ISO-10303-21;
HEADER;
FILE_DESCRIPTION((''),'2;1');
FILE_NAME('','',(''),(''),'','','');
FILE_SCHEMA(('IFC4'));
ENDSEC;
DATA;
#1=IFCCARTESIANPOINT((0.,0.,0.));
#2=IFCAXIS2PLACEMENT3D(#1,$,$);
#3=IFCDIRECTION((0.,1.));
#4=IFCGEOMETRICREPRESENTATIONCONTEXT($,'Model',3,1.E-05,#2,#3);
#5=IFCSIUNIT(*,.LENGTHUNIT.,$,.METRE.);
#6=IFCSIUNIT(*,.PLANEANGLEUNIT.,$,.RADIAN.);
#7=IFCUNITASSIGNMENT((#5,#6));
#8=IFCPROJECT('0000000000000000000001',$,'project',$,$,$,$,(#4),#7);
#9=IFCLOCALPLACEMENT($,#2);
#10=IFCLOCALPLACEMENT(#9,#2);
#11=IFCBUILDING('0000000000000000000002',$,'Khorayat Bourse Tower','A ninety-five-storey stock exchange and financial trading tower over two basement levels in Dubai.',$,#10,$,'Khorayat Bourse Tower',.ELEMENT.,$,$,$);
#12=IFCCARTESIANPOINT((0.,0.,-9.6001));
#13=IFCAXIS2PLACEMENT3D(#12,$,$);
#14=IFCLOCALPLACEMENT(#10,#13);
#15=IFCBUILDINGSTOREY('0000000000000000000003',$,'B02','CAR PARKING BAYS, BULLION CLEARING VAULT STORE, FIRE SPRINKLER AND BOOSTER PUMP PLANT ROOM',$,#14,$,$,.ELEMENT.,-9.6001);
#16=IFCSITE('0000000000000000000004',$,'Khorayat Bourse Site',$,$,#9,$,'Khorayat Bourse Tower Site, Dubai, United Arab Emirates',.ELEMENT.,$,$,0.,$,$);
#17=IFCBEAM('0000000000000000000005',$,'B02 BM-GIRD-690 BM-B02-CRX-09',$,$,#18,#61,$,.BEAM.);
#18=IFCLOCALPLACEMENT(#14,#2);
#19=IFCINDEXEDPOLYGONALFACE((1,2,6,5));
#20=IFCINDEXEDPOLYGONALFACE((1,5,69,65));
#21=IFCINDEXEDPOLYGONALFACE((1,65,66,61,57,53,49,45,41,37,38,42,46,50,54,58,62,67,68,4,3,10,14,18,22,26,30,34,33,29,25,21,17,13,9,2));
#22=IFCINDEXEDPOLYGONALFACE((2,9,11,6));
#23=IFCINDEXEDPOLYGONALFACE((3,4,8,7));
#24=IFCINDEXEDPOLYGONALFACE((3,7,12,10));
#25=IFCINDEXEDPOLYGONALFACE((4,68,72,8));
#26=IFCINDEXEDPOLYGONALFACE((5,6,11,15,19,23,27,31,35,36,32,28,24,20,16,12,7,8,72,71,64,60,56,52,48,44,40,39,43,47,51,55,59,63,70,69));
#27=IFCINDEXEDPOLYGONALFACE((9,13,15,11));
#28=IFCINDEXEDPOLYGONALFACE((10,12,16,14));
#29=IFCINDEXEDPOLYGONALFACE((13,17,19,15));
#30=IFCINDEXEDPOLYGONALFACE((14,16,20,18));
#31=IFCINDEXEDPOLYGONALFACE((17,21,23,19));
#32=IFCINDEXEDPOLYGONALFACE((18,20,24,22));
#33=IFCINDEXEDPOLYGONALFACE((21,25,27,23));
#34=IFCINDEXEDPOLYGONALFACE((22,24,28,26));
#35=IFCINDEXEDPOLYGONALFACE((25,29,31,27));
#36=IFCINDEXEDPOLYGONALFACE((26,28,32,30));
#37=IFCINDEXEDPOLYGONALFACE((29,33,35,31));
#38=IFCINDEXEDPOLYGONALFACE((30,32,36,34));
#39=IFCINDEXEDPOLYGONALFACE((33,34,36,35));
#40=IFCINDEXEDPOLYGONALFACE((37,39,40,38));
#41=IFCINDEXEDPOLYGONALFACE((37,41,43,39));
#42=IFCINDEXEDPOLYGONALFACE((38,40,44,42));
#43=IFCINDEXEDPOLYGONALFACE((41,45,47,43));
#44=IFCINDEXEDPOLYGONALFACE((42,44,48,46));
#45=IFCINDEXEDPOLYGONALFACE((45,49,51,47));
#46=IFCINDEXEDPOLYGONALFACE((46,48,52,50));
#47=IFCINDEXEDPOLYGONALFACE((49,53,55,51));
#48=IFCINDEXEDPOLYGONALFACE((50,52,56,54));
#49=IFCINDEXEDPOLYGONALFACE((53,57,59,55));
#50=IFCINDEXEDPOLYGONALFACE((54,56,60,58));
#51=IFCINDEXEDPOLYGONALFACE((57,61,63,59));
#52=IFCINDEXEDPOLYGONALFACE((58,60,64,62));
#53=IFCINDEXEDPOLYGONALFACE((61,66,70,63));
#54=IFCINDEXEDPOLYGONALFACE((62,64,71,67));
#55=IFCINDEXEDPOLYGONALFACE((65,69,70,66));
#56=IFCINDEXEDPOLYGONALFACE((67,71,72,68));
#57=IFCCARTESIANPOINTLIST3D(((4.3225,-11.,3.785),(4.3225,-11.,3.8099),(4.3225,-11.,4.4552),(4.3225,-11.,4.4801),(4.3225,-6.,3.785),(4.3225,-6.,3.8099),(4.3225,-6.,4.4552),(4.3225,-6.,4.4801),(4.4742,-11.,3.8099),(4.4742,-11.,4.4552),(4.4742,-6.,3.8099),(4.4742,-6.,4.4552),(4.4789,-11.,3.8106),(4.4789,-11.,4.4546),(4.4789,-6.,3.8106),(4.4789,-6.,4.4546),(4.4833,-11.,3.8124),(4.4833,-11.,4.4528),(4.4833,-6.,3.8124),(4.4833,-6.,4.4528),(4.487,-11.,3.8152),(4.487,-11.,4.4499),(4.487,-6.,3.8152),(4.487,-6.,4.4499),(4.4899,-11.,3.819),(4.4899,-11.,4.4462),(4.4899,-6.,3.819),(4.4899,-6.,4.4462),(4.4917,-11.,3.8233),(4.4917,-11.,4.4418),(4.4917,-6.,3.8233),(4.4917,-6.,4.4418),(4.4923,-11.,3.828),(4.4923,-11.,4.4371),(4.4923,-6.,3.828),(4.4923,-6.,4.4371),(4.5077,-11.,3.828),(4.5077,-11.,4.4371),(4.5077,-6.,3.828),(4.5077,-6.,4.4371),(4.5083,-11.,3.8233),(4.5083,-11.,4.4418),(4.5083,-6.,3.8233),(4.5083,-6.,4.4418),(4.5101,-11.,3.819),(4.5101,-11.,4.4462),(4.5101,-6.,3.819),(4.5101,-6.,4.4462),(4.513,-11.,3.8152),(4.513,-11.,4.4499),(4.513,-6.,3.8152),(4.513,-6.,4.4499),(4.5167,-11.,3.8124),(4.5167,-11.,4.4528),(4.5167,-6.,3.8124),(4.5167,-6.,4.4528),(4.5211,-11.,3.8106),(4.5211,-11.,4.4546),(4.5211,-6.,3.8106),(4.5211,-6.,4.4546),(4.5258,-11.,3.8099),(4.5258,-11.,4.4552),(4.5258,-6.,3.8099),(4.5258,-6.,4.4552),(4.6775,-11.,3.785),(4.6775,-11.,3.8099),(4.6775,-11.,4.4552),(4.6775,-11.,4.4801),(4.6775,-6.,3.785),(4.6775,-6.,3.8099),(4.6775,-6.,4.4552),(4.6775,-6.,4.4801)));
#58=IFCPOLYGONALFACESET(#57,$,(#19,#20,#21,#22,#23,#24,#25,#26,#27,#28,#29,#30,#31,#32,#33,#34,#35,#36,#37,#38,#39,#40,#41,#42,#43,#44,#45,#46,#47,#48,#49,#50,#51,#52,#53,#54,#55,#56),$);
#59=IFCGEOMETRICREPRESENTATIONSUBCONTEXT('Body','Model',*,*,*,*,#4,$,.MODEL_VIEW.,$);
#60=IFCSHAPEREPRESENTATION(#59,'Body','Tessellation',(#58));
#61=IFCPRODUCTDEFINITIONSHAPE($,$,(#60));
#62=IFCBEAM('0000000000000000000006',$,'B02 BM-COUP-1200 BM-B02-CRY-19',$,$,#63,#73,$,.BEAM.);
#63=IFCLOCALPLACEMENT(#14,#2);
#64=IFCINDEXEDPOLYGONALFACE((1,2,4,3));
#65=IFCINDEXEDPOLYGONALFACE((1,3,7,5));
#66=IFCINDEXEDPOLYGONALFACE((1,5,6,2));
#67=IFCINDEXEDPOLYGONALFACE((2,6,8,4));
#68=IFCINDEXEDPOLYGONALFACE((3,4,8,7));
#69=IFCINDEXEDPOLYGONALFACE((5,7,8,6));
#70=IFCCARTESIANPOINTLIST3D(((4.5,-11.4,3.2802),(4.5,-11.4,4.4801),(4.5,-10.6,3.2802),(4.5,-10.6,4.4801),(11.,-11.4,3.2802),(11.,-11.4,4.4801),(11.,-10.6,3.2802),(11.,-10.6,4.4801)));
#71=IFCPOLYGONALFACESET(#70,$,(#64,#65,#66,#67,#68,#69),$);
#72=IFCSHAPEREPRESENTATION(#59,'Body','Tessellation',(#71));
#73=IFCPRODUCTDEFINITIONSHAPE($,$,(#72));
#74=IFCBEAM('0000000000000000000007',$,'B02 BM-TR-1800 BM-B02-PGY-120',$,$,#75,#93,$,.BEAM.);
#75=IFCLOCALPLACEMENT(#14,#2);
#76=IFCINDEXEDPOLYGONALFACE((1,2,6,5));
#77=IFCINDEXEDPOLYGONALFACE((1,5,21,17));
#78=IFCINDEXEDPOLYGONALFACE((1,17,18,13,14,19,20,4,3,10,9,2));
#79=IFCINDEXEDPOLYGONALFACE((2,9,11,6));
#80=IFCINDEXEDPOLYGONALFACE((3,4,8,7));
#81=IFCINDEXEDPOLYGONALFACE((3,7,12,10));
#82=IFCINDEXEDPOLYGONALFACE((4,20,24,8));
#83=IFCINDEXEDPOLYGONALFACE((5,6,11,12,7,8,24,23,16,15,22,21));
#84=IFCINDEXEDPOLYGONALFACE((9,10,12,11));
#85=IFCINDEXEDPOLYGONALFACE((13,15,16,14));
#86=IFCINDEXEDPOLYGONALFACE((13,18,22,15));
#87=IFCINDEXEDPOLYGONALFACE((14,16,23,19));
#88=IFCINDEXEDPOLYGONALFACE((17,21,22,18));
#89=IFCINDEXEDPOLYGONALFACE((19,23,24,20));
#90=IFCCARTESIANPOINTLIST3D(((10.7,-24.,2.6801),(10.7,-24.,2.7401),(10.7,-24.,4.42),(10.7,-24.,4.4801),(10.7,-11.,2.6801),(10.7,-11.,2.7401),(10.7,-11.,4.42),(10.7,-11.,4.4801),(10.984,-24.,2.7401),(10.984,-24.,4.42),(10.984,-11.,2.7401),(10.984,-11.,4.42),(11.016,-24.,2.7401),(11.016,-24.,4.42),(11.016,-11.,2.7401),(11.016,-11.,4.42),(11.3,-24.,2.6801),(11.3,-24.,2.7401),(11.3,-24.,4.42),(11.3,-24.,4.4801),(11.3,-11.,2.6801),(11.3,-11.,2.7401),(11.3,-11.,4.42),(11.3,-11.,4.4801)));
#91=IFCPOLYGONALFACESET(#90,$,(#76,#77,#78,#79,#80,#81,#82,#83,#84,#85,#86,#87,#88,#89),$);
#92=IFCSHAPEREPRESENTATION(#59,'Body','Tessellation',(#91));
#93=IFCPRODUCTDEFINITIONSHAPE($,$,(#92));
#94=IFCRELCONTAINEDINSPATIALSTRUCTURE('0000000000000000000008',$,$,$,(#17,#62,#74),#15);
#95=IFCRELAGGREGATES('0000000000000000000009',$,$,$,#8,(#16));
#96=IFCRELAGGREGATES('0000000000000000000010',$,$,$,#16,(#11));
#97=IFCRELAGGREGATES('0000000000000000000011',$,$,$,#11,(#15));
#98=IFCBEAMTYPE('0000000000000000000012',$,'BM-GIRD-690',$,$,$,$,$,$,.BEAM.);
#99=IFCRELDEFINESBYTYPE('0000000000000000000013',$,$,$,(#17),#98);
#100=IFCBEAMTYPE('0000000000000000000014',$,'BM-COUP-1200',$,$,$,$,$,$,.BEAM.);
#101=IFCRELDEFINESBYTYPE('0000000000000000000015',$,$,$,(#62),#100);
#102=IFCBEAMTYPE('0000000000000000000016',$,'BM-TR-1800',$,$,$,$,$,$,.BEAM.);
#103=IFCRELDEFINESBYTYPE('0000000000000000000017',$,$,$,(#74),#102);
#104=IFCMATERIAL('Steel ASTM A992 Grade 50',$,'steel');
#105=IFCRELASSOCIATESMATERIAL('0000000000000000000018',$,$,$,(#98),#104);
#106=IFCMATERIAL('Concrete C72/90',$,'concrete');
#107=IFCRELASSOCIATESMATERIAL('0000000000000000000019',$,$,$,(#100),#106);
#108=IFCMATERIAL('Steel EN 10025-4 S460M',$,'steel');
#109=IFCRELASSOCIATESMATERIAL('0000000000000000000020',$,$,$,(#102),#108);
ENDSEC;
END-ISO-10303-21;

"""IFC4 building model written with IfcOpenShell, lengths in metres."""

from ifc_helpers import new_model, si_unit, direction, frame, origin, origin_2d, place, context, subcontext, project, spatial, rectangle, i_section, extrude, source, transform, mapped, material, material_profile, profile_set, type_object, element, save


model = new_model("IFC4")

# Units and contexts
model_context = context("Model", 3, precision=1e-05, world=origin(), true_north=direction((0.0, 1.0)))
body_context = subcontext(model_context, "Body", "Model", "MODEL_VIEW")
ifc_project = project(units=[si_unit("LENGTHUNIT", "METRE"), si_unit("PLANEANGLEUNIT", "RADIAN")], contexts=[model_context])

# Site, building, storey
site_placement = place(None, origin())
site = spatial("IfcSite", under=ifc_project, at=site_placement, Name="Khorayat Bourse Site", LongName="Khorayat Bourse Tower Site, Dubai, United Arab Emirates", CompositionType="ELEMENT", RefElevation=0.0)
building_placement = place(site_placement, origin())
building = spatial("IfcBuilding", under=site, at=building_placement, Name="Khorayat Bourse Tower", Description="A ninety-five-storey stock exchange and financial trading tower over two basement levels in Dubai.", LongName="Khorayat Bourse Tower", CompositionType="ELEMENT")
storey_placement = place(building_placement, frame((0.0, 0.0, -9.6001)))
storey = spatial("IfcBuildingStorey", under=building, at=storey_placement, Name="B02", Description="CAR PARKING BAYS, BULLION CLEARING VAULT STORE, FIRE SPRINKLER AND BOOSTER PUMP PLANT ROOM", CompositionType="ELEMENT", Elevation=-9.6001)

# Shared definitions
ifc_material_1 = material(Name="Concrete C72/90", Category="concrete")

# Beams
ifc_material_2 = material(Name="Steel ASTM A992 Grade 50", Category="steel")
ifc_material_profile_1 = material_profile(ifc_material_2, i_section(OverallWidth=0.355, OverallDepth=0.6951, WebThickness=0.0154, FlangeThickness=0.0249, FilletRadius=0.0181, at=origin_2d()), Name="W690X217")
ifc_profile_set_1 = profile_set([ifc_material_profile_1], Name="Steel ASTM A992 Grade 50")
beam_type_1 = type_object("IfcBeamType", Name="BM-GIRD-690", PredefinedType="BEAM", material=ifc_profile_set_1)
shared_shape_1 = source(origin(), body_context, "Body", "SweptSolid", [
    extrude(i_section(OverallWidth=0.355, OverallDepth=0.6951, WebThickness=0.0154, FlangeThickness=0.0249, FilletRadius=0.0181, at=origin_2d()), origin(), (0.0, 0.0, 1.0), 5.0),
])
beam_1_placement = place(storey_placement, frame((4.5, -11.0, 4.1326), z_axis=(0.0, 1.0, 0.0), x_axis=(-1.0, 0.0, 0.0)))
element("IfcBeam", 1, at=beam_1_placement, inside=storey, type_object=beam_type_1, Name="B02 BM-GIRD-690 BM-B02-CRX-09", PredefinedType="BEAM", context=body_context, shape_type="MappedRepresentation", body=[
    mapped(shared_shape_1, transform((0.0, 0.0, 0.0), scale=1.0)),
])
ifc_material_profile_2 = material_profile(ifc_material_1, rectangle(XDim=0.8, YDim=1.2, at=origin_2d()), Name="RC 800x1200")
ifc_profile_set_2 = profile_set([ifc_material_profile_2], Name="Concrete C72/90")
beam_type_2 = type_object("IfcBeamType", Name="BM-COUP-1200", PredefinedType="BEAM", material=ifc_profile_set_2)
shared_shape_2 = source(origin(), body_context, "Body", "SweptSolid", [
    extrude(rectangle(XDim=0.8, YDim=1.2, at=origin_2d()), origin(), (0.0, 0.0, 1.0), 6.5),
])
beam_2_placement = place(storey_placement, frame((4.5, -11.0, 3.8801), z_axis=(1.0, 0.0, 0.0), x_axis=(0.0, 1.0, 0.0)))
element("IfcBeam", 2, at=beam_2_placement, inside=storey, type_object=beam_type_2, Name="B02 BM-COUP-1200 BM-B02-CRY-19", PredefinedType="BEAM", context=body_context, shape_type="MappedRepresentation", body=[
    mapped(shared_shape_2, transform((0.0, 0.0, 0.0), scale=1.0)),
])
ifc_material_3 = material(Name="Steel EN 10025-4 S460M", Category="steel")
ifc_material_profile_3 = material_profile(ifc_material_3, i_section(OverallWidth=0.6001, OverallDepth=1.8, WebThickness=0.032, FlangeThickness=0.0601, at=origin_2d()), Name="PG 1800x600x32x60")
ifc_profile_set_3 = profile_set([ifc_material_profile_3], Name="Steel EN 10025-4 S460M")
beam_type_3 = type_object("IfcBeamType", Name="BM-TR-1800", PredefinedType="BEAM", material=ifc_profile_set_3)
shared_shape_3 = source(origin(), body_context, "Body", "SweptSolid", [
    extrude(i_section(OverallWidth=0.6001, OverallDepth=1.8, WebThickness=0.032, FlangeThickness=0.0601, at=origin_2d()), origin(), (0.0, 0.0, 1.0), 13.0),
])
beam_3_placement = place(storey_placement, frame((11.0, -24.0, 3.5801), z_axis=(0.0, 1.0, 0.0), x_axis=(-1.0, 0.0, 0.0)))
element("IfcBeam", 3, at=beam_3_placement, inside=storey, type_object=beam_type_3, Name="B02 BM-TR-1800 BM-B02-PGY-120", PredefinedType="BEAM", context=body_context, shape_type="MappedRepresentation", body=[
    mapped(shared_shape_3, transform((0.0, 0.0, 0.0), scale=1.0)),
])

save(model, "model.ifc")
